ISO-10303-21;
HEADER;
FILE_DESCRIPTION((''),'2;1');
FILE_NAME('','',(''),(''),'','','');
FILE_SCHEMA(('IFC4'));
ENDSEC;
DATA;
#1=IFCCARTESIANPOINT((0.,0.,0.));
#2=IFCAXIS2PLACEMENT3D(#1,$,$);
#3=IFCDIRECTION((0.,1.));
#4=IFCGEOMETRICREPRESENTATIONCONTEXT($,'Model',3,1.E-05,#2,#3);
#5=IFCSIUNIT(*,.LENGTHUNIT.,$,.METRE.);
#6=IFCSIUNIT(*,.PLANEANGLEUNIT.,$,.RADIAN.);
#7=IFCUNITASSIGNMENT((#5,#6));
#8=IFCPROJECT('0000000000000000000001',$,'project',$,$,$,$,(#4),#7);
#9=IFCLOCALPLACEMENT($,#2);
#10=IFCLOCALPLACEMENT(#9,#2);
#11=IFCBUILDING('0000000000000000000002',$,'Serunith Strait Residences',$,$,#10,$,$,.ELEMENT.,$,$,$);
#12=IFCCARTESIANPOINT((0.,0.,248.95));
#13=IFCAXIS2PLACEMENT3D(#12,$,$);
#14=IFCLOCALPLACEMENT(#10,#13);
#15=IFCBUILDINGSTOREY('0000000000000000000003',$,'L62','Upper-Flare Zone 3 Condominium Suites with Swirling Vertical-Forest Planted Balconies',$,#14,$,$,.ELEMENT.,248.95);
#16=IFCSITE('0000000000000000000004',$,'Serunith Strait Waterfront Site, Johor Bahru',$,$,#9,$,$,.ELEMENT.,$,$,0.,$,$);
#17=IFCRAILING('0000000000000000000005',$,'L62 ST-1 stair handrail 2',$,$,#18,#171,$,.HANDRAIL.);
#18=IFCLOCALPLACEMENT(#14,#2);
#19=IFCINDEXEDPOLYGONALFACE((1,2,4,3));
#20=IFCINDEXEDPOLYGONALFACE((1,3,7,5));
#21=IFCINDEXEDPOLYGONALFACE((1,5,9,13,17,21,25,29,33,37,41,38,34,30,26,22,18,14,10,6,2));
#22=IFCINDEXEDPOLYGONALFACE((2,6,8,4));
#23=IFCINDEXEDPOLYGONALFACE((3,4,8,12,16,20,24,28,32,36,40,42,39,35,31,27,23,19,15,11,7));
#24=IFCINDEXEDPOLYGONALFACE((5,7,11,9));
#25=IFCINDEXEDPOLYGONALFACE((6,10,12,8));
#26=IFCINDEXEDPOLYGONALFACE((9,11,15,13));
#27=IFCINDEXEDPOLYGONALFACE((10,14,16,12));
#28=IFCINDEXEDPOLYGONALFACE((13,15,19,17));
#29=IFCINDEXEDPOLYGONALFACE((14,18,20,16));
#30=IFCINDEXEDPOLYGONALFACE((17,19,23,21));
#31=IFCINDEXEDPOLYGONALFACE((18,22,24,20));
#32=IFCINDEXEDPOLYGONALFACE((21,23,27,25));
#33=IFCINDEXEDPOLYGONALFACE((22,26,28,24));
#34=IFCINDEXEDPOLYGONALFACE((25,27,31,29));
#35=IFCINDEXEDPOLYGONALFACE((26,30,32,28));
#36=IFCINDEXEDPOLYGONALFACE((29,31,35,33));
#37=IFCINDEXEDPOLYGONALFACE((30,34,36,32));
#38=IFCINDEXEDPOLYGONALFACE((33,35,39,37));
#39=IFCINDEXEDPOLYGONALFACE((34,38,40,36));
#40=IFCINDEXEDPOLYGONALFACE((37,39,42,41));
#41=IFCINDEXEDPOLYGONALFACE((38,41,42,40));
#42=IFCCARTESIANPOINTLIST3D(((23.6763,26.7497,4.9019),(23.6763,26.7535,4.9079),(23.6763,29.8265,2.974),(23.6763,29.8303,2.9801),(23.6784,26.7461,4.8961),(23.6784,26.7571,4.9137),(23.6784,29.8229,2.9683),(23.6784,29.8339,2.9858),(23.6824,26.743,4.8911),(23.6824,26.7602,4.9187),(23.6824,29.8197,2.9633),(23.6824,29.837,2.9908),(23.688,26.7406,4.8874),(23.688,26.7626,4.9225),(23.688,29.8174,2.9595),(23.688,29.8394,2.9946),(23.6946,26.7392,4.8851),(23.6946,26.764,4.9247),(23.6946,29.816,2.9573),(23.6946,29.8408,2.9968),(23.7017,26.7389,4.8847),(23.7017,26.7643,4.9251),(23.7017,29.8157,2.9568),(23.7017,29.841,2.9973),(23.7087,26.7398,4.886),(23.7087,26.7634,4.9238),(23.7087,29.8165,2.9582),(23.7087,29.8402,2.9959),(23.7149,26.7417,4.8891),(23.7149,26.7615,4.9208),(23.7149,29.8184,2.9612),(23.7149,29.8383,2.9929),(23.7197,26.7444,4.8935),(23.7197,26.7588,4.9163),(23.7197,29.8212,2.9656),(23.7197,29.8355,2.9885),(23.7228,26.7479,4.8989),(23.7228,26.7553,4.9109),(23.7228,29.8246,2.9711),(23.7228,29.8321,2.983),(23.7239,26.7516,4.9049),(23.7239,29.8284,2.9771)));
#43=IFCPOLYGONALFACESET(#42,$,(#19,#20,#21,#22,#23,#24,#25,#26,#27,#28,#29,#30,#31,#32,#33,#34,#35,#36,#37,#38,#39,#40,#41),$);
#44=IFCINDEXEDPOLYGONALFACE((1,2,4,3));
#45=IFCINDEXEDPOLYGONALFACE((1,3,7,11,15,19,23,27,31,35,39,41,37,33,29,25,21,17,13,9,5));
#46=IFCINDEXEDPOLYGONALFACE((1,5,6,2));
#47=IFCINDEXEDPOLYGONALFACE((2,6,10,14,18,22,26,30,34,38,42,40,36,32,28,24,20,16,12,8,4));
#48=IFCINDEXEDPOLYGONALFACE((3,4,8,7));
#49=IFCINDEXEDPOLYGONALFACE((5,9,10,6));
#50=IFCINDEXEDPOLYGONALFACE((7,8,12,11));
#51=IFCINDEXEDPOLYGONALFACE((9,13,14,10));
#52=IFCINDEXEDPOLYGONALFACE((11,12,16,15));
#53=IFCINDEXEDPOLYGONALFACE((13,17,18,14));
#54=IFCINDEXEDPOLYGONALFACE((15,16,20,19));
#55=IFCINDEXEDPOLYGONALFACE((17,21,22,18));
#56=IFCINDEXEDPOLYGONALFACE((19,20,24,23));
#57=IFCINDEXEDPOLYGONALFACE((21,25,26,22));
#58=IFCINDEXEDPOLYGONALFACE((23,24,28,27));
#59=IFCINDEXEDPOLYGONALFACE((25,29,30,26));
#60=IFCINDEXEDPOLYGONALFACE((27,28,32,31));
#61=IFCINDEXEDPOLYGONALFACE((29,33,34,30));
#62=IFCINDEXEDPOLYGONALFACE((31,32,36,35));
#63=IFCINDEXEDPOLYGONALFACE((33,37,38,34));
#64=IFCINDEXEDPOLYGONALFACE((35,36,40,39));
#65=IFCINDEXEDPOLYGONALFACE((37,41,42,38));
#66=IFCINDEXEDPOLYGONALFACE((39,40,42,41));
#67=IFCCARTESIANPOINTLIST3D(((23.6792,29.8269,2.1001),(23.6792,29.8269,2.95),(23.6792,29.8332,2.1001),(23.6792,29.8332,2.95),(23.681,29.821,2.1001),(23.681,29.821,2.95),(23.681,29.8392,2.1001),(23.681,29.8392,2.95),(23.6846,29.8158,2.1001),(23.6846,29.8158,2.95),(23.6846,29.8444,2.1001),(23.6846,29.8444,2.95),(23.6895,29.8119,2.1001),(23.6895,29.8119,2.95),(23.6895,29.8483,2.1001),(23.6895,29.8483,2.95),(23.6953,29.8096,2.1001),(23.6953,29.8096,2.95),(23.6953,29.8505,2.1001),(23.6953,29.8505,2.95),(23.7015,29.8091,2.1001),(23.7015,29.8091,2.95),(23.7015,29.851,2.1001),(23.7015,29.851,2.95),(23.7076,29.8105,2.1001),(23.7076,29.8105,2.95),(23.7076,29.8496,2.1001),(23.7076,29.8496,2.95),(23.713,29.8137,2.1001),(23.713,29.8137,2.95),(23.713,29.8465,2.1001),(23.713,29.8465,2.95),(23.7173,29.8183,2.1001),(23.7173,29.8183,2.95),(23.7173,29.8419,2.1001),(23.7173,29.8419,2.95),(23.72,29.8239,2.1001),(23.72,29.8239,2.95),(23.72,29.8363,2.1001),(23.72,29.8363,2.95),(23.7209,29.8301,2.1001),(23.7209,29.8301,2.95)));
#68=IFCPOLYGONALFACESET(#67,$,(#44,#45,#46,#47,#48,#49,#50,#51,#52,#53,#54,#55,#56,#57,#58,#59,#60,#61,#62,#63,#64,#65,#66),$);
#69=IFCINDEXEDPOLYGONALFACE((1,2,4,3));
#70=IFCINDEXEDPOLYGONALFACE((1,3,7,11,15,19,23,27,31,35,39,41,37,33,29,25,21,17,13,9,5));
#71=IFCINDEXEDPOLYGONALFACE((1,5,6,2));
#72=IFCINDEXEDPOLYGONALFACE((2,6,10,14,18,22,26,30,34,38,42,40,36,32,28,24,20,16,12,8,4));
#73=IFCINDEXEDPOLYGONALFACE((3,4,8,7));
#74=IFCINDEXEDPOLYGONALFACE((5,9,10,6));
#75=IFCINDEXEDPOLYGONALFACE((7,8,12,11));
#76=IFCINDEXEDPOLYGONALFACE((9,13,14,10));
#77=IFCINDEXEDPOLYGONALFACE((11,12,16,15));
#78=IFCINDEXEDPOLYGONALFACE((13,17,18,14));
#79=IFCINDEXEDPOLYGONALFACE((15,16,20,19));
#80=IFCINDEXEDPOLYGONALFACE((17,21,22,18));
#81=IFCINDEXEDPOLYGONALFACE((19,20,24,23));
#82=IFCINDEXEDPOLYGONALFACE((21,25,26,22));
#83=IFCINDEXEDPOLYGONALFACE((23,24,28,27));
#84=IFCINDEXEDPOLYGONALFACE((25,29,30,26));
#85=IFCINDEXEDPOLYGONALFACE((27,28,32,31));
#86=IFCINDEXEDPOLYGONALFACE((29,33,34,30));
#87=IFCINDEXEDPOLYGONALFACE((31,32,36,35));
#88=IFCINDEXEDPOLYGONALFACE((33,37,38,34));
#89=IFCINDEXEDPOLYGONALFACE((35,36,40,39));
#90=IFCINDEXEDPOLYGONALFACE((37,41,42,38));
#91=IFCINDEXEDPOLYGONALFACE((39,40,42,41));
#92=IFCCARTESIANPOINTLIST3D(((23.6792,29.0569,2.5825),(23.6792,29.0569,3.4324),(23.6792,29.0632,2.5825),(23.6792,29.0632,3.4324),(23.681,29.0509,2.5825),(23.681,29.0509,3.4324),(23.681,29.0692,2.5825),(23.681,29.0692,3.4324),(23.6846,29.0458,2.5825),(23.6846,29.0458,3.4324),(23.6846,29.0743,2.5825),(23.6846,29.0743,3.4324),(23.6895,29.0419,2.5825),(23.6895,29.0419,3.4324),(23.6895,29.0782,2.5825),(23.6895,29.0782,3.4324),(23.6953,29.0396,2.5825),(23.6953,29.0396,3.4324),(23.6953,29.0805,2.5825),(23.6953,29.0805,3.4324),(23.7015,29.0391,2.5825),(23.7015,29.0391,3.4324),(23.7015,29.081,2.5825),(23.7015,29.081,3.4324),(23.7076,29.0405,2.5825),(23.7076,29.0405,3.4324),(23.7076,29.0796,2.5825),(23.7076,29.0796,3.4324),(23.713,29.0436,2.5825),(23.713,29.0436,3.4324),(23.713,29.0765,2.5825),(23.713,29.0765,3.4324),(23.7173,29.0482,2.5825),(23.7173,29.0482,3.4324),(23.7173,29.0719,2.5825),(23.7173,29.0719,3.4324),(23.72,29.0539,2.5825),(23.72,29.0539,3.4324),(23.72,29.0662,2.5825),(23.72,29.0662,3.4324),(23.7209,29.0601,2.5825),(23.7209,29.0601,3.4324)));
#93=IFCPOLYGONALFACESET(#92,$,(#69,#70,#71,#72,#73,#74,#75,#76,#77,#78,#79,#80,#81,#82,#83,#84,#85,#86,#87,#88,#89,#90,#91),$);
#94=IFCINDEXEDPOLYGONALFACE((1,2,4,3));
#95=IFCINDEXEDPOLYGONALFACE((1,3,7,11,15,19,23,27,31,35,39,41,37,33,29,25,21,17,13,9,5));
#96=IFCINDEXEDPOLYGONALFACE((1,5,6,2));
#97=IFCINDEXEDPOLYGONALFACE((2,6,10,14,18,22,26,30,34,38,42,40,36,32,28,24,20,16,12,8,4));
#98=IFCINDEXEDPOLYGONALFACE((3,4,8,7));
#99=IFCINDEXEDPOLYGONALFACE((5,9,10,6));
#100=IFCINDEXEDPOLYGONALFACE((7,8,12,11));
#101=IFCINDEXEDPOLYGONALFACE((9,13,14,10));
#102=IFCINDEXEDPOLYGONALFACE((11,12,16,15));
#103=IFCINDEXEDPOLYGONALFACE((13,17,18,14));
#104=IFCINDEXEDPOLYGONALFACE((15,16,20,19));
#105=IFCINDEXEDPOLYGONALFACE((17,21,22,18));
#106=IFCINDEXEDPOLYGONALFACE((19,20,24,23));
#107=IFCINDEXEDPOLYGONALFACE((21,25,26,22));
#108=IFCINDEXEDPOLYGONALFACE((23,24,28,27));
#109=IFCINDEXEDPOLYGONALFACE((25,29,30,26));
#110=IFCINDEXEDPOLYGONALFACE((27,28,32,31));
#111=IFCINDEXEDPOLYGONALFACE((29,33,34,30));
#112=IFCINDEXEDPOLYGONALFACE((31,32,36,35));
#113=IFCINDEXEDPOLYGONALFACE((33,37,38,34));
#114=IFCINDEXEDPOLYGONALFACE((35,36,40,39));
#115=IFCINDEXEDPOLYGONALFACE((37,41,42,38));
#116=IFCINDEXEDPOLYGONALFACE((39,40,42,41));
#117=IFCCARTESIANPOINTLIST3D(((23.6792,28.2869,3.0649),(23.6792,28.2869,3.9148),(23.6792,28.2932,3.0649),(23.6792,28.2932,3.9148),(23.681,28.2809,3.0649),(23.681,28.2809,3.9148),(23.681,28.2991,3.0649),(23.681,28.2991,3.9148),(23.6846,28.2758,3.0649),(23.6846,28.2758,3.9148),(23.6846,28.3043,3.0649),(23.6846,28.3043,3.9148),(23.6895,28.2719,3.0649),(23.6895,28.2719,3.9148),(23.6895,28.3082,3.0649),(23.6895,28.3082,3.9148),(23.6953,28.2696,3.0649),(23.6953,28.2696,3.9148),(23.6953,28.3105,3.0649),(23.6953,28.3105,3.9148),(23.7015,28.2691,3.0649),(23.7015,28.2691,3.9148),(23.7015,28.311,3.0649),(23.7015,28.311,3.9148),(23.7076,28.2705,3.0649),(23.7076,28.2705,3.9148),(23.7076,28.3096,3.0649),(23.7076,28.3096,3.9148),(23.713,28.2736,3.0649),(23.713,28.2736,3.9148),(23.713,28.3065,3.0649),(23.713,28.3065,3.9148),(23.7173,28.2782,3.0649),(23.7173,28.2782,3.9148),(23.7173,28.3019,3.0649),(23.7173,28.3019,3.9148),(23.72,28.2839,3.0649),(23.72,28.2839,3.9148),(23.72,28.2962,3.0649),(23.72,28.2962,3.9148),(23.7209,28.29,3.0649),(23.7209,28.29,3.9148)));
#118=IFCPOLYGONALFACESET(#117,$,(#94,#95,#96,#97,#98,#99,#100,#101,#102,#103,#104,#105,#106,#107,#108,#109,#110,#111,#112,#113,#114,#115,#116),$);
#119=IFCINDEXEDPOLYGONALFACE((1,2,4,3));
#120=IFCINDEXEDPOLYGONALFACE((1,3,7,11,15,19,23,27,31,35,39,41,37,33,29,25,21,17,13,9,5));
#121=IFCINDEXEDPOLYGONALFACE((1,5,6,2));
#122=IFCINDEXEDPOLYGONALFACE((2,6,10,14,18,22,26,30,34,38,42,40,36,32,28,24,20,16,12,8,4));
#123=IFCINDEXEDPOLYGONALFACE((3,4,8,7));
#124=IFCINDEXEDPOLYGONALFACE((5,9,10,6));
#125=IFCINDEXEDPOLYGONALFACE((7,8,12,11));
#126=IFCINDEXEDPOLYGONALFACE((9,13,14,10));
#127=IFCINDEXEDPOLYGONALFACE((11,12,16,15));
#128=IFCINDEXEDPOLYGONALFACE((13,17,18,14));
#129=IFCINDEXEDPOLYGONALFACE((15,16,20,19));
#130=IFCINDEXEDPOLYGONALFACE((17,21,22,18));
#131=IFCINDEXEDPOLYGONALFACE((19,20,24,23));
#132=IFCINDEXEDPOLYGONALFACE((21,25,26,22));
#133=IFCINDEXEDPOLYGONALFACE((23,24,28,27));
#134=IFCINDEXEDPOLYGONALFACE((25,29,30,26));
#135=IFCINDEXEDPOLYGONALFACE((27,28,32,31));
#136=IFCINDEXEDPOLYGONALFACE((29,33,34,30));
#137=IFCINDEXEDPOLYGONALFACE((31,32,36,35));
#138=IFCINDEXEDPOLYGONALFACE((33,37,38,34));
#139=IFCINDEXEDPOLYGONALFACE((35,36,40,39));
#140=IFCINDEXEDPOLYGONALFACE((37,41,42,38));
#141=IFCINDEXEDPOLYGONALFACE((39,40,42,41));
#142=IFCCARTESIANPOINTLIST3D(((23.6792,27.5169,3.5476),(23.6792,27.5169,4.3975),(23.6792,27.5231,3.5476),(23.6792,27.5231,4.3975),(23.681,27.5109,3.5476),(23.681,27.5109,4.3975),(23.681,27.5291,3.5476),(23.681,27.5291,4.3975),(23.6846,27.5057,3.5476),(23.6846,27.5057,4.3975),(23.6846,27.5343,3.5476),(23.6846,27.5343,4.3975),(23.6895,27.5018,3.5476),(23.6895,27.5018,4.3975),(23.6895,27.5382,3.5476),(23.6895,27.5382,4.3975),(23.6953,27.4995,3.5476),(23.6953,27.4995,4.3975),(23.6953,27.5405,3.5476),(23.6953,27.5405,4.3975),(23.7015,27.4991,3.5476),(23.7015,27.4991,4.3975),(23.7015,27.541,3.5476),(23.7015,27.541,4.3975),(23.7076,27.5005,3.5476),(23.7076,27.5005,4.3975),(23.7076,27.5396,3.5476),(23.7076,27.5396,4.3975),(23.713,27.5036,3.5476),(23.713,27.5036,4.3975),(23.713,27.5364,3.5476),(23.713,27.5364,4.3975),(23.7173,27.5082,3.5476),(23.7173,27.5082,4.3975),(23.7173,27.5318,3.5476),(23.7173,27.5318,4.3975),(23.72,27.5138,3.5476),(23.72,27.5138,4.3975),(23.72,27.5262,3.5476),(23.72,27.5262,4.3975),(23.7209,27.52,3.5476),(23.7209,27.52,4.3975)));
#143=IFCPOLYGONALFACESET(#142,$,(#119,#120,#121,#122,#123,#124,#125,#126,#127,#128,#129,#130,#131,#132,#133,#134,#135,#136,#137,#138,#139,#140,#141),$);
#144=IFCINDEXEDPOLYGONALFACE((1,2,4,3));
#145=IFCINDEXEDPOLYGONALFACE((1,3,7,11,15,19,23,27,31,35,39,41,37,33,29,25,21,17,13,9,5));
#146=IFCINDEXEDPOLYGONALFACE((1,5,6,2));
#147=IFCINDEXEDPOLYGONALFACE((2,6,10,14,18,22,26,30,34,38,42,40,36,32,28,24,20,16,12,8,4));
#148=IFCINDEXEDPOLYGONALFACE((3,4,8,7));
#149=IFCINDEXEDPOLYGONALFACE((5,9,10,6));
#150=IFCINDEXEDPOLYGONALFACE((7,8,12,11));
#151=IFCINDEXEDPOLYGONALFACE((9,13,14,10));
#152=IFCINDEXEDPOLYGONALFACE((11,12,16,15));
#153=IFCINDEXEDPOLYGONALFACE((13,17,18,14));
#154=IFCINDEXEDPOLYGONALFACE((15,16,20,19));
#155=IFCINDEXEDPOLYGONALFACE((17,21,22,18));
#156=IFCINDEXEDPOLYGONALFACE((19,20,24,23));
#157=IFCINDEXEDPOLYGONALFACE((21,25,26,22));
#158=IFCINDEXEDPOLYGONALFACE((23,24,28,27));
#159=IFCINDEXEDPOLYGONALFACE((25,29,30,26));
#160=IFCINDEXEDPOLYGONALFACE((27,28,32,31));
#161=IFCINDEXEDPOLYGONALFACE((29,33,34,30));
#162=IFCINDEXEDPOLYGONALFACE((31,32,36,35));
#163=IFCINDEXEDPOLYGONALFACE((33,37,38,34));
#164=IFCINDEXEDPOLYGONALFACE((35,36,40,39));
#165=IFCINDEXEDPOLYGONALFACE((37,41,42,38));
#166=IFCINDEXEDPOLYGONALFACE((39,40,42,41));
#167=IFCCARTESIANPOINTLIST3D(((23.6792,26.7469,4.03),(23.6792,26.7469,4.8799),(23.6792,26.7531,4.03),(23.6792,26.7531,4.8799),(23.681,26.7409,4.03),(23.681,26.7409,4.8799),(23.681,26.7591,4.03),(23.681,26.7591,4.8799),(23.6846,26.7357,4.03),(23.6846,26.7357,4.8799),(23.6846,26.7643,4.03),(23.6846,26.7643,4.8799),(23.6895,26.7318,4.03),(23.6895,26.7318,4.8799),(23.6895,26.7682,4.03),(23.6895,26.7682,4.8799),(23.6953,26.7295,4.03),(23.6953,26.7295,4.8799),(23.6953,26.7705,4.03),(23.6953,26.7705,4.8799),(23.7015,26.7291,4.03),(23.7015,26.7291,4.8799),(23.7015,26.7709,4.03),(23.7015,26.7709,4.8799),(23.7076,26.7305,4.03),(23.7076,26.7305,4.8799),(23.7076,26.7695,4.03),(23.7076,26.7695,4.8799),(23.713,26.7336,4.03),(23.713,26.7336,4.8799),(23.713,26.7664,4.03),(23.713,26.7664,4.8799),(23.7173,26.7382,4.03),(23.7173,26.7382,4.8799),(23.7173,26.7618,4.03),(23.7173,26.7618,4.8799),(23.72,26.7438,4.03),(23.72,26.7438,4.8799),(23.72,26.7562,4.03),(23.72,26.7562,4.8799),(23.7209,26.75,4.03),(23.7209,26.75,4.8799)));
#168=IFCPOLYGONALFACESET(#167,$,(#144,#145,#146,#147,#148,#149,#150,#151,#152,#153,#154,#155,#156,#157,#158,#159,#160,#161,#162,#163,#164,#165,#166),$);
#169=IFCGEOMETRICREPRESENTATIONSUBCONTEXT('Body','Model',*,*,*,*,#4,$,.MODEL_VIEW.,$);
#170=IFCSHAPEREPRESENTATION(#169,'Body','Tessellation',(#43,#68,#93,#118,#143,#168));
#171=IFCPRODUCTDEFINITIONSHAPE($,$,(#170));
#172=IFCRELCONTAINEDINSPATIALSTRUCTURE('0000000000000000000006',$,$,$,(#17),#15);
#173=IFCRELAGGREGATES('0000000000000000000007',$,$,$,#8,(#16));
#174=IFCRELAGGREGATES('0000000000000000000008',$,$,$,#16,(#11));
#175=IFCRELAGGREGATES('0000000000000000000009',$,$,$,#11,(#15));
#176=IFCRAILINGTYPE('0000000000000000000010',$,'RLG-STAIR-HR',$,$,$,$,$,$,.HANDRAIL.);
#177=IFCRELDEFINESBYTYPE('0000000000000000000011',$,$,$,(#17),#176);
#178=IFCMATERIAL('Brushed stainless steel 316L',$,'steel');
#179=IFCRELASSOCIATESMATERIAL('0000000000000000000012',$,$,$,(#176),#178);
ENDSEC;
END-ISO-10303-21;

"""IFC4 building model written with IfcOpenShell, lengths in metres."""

from ifc_helpers import new_model, si_unit, direction, frame, origin, origin_2d, place, context, subcontext, project, spatial, circle, extrude, material, type_object, element, save


model = new_model("IFC4")

# Units and contexts
model_context = context("Model", 3, precision=1e-05, world=origin(), true_north=direction((0.0, 1.0)))
body_context = subcontext(model_context, "Body", "Model", "MODEL_VIEW")
ifc_project = project(units=[si_unit("LENGTHUNIT", "METRE"), si_unit("PLANEANGLEUNIT", "RADIAN")], contexts=[model_context])

# Site, building, storey
site_placement = place(None, origin())
site = spatial("IfcSite", under=ifc_project, at=site_placement, Name="Serunith Strait Waterfront Site, Johor Bahru", CompositionType="ELEMENT", RefElevation=0.0)
building_placement = place(site_placement, origin())
building = spatial("IfcBuilding", under=site, at=building_placement, Name="Serunith Strait Residences", CompositionType="ELEMENT")
storey_placement = place(building_placement, frame((0.0, 0.0, 248.95)))
storey = spatial("IfcBuildingStorey", under=building, at=storey_placement, Name="L62", Description="Upper-Flare Zone 3 Condominium Suites with Swirling Vertical-Forest Planted Balconies", CompositionType="ELEMENT", Elevation=248.95)

# Railing
ifc_material_1 = material(Name="Brushed stainless steel 316L", Category="steel")
railing_type_1 = type_object("IfcRailingType", Name="RLG-STAIR-HR", PredefinedType="HANDRAIL", material=ifc_material_1)
railing_1_placement = place(storey_placement, frame((23.7, 29.8301, 2.1001)))
element("IfcRailing", 1, at=railing_1_placement, inside=storey, type_object=railing_type_1, Name="L62 ST-1 stair handrail 2", PredefinedType="HANDRAIL", context=body_context, shape_type="SweptSolid", body=[
    extrude(circle(Radius=0.0239, at=origin_2d()), frame((0.0, -0.0017, 0.877), z_axis=(0.0, -0.847394, 0.530965), x_axis=(1.0, 0.0, 0.0)), (0.0, 0.0, 1.0), 3.6309),
    extrude(circle(Radius=0.021, at=origin_2d()), origin(), (0.0, 0.0, 1.0), 0.8499),
    extrude(circle(Radius=0.021, at=origin_2d()), frame((0.0, -0.77, 0.4824)), (0.0, 0.0, 1.0), 0.8499),
    extrude(circle(Radius=0.021, at=origin_2d()), frame((0.0, -1.54, 0.9648)), (0.0, 0.0, 1.0), 0.8499),
    extrude(circle(Radius=0.021, at=origin_2d()), frame((0.0, -2.3101, 1.4475)), (0.0, 0.0, 1.0), 0.8499),
    extrude(circle(Radius=0.021, at=origin_2d()), frame((0.0, -3.0801, 1.9299)), (0.0, 0.0, 1.0), 0.8499),
])

save(model, "model.ifc")
